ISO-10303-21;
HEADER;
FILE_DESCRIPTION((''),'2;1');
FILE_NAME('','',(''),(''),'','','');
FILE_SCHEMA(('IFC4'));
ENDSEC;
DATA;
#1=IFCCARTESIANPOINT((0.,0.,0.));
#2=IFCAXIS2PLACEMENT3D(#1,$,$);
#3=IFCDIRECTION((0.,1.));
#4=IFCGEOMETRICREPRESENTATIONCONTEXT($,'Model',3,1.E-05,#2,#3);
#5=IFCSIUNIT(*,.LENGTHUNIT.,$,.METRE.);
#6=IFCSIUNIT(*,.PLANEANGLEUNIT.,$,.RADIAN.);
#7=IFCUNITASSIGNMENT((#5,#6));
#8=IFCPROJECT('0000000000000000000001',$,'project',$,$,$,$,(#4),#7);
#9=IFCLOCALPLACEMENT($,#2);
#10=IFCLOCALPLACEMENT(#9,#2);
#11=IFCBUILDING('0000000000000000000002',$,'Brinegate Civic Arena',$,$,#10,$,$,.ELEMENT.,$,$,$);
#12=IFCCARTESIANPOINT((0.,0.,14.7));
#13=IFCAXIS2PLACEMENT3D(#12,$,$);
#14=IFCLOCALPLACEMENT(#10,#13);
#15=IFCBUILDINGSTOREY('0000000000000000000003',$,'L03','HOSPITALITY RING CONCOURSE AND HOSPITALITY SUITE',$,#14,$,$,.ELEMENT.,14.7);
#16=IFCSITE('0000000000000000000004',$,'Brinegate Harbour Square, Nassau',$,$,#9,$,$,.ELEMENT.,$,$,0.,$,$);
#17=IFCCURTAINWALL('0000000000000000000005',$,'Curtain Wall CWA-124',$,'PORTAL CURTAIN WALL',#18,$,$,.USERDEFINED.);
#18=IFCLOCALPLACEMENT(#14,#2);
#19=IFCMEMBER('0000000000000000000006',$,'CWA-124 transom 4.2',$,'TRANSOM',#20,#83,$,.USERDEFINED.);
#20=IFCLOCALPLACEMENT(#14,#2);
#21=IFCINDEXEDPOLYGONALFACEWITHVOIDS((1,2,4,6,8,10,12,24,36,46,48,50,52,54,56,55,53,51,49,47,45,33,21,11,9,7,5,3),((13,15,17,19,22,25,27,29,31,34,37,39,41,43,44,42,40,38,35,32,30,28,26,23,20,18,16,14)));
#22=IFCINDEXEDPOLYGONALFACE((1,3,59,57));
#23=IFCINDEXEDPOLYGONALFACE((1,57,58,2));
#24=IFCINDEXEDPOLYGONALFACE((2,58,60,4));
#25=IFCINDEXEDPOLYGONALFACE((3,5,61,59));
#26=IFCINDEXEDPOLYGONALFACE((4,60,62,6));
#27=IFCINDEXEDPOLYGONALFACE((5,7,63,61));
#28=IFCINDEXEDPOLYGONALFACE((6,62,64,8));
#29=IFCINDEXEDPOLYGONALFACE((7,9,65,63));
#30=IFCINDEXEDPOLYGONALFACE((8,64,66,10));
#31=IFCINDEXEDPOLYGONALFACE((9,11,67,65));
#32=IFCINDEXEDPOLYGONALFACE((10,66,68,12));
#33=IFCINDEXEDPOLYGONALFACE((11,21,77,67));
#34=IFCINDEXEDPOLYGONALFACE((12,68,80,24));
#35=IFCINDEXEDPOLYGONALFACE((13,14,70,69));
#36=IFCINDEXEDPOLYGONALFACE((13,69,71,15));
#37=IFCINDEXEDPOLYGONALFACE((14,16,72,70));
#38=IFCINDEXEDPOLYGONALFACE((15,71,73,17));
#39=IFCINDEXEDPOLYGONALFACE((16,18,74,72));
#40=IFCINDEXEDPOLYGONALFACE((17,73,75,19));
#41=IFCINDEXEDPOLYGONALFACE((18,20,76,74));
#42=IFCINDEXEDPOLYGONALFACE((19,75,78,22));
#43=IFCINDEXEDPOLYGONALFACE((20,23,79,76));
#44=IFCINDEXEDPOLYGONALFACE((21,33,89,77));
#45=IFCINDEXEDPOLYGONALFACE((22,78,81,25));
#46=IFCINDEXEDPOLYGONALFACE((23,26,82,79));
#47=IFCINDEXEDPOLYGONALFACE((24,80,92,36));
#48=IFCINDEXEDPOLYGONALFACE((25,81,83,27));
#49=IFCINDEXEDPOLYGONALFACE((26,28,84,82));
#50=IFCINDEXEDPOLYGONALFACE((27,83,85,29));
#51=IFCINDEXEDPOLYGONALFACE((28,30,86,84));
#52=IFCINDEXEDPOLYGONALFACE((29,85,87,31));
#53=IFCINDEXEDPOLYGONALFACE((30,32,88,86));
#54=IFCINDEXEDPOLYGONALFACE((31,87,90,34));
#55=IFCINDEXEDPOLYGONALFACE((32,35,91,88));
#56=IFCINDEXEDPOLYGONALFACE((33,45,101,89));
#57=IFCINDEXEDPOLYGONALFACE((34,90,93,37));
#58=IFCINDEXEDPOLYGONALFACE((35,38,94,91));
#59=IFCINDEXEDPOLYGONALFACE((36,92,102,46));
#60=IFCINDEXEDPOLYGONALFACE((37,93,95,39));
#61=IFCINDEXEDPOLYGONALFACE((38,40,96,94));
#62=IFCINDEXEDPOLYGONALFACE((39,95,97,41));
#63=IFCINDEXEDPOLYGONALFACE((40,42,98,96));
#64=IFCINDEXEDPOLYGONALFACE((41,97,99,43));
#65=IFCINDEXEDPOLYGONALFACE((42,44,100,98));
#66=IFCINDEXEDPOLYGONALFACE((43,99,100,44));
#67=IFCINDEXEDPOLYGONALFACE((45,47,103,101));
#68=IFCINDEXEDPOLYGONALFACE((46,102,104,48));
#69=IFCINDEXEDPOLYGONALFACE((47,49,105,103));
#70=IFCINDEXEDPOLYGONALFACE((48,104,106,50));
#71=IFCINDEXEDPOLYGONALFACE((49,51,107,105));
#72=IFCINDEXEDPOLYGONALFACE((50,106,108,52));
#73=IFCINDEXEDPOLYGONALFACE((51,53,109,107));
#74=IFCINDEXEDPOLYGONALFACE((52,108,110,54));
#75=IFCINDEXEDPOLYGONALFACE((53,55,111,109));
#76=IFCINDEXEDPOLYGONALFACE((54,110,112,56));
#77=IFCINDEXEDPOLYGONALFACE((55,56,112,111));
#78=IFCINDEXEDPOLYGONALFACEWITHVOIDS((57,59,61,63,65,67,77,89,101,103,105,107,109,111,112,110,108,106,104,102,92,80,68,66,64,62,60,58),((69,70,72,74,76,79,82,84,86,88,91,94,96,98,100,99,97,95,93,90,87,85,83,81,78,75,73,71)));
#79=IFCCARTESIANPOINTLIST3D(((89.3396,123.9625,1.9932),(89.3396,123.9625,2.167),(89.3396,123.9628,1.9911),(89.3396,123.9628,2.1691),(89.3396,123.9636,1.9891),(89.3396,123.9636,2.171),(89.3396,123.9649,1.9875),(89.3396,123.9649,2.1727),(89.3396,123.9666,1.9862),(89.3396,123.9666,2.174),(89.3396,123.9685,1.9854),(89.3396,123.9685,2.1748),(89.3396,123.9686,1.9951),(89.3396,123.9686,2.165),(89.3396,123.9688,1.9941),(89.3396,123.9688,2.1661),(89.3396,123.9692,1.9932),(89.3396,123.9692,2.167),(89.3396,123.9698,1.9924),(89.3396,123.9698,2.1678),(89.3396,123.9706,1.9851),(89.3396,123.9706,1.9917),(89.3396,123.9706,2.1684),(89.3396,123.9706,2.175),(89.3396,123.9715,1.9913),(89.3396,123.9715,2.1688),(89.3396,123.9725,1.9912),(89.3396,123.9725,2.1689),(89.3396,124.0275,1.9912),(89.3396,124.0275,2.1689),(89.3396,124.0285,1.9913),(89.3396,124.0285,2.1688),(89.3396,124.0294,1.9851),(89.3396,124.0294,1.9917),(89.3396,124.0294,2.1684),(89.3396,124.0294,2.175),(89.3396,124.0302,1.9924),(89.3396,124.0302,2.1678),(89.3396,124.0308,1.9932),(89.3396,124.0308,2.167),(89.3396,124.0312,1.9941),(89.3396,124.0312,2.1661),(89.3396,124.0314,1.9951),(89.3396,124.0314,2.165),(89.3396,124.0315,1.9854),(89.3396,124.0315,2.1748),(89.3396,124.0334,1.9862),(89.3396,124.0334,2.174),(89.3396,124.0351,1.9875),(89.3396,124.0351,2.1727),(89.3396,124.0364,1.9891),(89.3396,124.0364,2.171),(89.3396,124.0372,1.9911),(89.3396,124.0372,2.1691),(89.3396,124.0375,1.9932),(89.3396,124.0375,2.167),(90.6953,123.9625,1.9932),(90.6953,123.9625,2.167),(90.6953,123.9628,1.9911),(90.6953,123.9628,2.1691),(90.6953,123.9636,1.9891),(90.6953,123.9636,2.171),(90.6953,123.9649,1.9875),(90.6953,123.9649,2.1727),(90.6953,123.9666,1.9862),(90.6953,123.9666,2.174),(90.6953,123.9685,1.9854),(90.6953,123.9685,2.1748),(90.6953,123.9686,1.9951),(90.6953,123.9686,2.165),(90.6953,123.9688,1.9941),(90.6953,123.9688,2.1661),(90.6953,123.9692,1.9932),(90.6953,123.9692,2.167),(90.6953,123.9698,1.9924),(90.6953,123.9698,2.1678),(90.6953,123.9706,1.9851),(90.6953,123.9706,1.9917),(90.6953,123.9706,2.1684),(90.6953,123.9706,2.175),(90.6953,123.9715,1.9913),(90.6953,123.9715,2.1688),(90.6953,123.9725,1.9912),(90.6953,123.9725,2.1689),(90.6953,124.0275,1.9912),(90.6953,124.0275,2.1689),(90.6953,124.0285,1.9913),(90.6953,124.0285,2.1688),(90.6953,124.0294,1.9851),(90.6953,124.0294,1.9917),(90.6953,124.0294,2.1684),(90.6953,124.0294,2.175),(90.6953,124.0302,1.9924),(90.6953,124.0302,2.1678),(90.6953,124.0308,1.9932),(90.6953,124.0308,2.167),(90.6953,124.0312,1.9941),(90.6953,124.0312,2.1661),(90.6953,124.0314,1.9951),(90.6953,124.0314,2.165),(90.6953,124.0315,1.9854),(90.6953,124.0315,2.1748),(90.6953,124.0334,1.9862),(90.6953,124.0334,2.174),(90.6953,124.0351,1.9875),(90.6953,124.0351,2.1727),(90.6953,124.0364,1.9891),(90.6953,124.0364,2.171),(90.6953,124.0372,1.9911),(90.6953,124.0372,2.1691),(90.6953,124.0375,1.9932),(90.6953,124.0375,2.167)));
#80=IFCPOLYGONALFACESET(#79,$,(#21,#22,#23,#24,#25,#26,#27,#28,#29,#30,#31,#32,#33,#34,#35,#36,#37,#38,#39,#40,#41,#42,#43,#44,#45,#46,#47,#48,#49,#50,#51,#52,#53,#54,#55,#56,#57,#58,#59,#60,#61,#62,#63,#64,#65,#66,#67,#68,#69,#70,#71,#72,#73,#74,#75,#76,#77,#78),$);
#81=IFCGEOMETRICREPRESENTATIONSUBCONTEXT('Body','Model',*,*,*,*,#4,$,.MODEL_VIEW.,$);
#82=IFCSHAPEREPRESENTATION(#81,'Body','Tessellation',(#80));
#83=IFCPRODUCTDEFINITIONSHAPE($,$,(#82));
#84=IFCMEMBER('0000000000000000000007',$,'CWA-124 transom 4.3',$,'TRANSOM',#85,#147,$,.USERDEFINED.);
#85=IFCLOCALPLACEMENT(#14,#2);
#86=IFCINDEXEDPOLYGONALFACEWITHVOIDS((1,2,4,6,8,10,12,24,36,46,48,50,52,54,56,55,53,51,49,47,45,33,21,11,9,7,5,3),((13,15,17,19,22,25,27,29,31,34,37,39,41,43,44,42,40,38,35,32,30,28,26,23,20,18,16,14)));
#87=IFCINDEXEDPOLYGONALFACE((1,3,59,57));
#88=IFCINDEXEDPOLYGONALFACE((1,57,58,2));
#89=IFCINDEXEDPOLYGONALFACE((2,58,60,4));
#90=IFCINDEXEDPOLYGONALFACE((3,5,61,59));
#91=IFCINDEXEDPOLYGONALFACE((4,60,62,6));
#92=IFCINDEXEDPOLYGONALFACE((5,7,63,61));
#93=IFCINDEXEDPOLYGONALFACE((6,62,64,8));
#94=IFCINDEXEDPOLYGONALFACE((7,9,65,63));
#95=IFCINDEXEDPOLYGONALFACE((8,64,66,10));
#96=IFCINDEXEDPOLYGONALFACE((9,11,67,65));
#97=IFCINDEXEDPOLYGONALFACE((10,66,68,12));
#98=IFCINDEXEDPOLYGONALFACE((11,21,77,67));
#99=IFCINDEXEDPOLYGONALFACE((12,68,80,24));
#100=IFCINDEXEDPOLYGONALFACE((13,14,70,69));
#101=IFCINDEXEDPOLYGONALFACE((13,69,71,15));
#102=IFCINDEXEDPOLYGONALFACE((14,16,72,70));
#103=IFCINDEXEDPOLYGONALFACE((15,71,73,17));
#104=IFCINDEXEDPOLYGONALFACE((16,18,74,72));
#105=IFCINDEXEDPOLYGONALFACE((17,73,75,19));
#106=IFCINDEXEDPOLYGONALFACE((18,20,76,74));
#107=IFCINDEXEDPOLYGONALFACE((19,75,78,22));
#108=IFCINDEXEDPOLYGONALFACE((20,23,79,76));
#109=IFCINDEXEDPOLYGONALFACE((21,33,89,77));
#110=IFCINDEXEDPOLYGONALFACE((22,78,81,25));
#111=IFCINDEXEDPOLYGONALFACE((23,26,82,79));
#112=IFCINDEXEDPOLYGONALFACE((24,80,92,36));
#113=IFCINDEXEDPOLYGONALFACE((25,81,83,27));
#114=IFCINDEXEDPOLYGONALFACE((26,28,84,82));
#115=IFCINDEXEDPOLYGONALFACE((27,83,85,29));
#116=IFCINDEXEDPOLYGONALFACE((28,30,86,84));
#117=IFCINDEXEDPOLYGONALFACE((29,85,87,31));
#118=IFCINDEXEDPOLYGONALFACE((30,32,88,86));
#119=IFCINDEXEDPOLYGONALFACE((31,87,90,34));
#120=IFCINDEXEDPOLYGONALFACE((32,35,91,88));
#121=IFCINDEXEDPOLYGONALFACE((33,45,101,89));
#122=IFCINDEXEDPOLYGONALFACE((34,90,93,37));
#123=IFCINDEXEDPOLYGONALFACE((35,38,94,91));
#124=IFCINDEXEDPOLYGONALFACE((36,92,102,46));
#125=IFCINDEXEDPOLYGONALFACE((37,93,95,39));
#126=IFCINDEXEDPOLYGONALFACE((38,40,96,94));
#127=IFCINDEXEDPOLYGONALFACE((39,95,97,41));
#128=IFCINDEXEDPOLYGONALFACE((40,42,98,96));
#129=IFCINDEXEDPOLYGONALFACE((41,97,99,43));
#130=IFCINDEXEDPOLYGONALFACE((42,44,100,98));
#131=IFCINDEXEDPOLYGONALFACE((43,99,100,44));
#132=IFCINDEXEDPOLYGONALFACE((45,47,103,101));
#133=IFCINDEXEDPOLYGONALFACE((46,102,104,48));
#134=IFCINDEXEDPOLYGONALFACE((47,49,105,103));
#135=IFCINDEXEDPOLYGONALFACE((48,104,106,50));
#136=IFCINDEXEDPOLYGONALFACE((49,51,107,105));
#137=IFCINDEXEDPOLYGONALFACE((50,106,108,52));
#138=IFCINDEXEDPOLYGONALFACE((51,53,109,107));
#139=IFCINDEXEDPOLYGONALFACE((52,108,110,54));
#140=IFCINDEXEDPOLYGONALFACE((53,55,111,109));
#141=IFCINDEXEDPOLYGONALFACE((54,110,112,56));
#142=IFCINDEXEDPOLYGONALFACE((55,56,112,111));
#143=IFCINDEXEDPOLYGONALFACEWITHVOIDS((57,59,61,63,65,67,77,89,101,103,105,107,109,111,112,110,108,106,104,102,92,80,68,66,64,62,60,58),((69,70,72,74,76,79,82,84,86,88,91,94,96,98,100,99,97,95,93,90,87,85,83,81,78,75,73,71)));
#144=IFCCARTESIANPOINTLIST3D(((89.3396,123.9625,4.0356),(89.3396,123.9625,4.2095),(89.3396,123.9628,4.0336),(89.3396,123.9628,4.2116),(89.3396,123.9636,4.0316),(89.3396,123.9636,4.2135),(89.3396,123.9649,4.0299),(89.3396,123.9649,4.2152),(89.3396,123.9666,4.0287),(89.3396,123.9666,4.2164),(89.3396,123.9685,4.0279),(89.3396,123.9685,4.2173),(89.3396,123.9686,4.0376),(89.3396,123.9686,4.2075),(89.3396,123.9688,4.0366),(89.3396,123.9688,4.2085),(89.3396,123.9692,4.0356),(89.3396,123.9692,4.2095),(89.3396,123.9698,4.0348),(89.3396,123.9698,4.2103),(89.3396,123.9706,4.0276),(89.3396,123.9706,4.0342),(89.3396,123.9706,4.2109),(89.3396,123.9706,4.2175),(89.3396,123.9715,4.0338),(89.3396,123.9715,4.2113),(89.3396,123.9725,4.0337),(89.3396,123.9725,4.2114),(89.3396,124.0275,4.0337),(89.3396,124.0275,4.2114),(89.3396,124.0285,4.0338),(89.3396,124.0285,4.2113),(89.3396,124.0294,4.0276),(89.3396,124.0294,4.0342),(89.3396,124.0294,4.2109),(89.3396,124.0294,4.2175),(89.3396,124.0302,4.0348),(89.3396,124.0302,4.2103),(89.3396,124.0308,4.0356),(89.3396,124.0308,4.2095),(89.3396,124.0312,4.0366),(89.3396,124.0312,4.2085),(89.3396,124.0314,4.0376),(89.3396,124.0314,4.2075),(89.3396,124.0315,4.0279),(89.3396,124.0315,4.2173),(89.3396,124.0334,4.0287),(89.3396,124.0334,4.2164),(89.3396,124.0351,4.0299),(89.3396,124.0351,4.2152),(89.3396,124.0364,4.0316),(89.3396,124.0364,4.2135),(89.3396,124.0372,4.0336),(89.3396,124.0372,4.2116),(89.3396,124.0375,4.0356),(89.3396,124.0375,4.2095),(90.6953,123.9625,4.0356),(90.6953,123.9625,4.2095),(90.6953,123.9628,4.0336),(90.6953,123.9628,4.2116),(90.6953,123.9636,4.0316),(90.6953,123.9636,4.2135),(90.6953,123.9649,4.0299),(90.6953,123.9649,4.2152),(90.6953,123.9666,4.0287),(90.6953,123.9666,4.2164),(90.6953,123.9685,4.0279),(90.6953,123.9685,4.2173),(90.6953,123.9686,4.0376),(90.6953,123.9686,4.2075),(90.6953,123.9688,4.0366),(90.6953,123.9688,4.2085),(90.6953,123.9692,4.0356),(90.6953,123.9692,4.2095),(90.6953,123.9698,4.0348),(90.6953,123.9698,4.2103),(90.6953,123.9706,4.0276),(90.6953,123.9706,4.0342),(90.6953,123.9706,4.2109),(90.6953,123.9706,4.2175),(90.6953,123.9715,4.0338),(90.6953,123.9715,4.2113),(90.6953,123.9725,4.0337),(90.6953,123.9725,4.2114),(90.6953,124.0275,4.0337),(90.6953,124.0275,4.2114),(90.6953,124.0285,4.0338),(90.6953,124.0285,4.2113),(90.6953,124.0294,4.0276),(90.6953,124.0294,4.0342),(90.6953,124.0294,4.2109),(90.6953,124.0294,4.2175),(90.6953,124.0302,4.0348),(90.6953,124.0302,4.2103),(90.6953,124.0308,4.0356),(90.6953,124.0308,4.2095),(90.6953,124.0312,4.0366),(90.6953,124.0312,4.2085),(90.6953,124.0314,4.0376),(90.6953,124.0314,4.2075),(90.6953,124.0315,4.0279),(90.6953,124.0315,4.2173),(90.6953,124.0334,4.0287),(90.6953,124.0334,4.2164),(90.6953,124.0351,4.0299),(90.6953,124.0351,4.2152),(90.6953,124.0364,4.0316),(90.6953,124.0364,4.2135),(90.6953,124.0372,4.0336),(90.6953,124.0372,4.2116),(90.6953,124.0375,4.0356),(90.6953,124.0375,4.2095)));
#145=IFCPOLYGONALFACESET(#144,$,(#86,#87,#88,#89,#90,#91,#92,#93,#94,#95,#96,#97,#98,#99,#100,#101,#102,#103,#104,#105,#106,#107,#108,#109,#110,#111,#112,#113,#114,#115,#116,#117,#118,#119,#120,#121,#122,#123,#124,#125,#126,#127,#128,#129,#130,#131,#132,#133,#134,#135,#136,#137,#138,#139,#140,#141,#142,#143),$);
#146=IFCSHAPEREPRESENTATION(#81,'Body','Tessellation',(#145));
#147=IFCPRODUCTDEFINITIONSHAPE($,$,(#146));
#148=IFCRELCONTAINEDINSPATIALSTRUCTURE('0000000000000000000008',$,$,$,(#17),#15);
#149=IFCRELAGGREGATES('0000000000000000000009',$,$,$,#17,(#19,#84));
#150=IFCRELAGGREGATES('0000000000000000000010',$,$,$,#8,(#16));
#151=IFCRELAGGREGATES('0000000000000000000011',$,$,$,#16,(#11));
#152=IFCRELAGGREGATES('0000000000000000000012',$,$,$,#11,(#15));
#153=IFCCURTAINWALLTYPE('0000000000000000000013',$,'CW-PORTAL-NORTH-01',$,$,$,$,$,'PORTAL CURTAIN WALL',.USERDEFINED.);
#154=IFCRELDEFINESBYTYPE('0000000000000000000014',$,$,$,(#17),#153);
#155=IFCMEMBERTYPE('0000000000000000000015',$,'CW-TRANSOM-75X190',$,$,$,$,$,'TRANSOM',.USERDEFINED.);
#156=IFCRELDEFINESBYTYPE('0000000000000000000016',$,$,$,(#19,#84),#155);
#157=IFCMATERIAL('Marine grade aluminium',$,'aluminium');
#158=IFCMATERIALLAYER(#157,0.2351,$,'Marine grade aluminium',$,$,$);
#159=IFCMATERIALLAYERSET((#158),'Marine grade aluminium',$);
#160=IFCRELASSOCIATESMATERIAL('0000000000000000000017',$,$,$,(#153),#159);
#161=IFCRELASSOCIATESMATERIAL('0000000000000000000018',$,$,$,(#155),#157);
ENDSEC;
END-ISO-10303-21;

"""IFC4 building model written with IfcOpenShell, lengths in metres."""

from ifc_helpers import new_model, si_unit, direction, frame, origin, origin_2d, place, context, subcontext, project, spatial, hollow_rectangle, extrude, material, layer, layer_set, material_profile, profile_set, type_object, element, aggregate, save


model = new_model("IFC4")

# Units and contexts
model_context = context("Model", 3, precision=1e-05, world=origin(), true_north=direction((0.0, 1.0)))
body_context = subcontext(model_context, "Body", "Model", "MODEL_VIEW")
ifc_project = project(units=[si_unit("LENGTHUNIT", "METRE"), si_unit("PLANEANGLEUNIT", "RADIAN")], contexts=[model_context])

# Site, building, storey
site_placement = place(None, origin())
site = spatial("IfcSite", under=ifc_project, at=site_placement, Name="Brinegate Harbour Square, Nassau", CompositionType="ELEMENT", RefElevation=0.0)
building_placement = place(site_placement, origin())
building = spatial("IfcBuilding", under=site, at=building_placement, Name="Brinegate Civic Arena", CompositionType="ELEMENT")
storey_placement = place(building_placement, frame((0.0, 0.0, 14.7)))
storey = spatial("IfcBuildingStorey", under=building, at=storey_placement, Name="L03", Description="HOSPITALITY RING CONCOURSE AND HOSPITALITY SUITE", CompositionType="ELEMENT", Elevation=14.7)

# Curtain wall, members
ifc_material_1 = material(Name="Marine grade aluminium", Category="aluminium")
ifc_layer_1 = layer(ifc_material_1, 0.2351, Name="Marine grade aluminium")
ifc_layer_set_1 = layer_set([ifc_layer_1], Name="Marine grade aluminium")
curtain_wall_type = type_object("IfcCurtainWallType", Name="CW-PORTAL-NORTH-01", ElementType="PORTAL CURTAIN WALL", PredefinedType="USERDEFINED", material=ifc_layer_set_1)
curtain_wall_placement = place(storey_placement, origin())
curtain_wall = element("IfcCurtainWall", 1, at=curtain_wall_placement, inside=storey, type_object=curtain_wall_type, Name="Curtain Wall CWA-124", ObjectType="PORTAL CURTAIN WALL", PredefinedType="USERDEFINED")
ifc_material_profile_1 = material_profile(ifc_material_1, hollow_rectangle(XDim=0.075, YDim=0.1899, WallThickness=0.0061, InnerFilletRadius=0.0039, OuterFilletRadius=0.0081, at=origin_2d()), Name="TRN75X190")
ifc_profile_set_1 = profile_set([ifc_material_profile_1], Name="Marine grade aluminium")
member_type_1 = type_object("IfcMemberType", Name="CW-TRANSOM-75X190", ElementType="TRANSOM", PredefinedType="USERDEFINED", material=ifc_profile_set_1)
member_1_placement = place(storey_placement, frame((89.3396, 124.0, 2.0801), z_axis=(1.0, 0.0, 0.0), x_axis=(0.0, 1.0, 0.0)))
member_1 = element("IfcMember", 2, at=member_1_placement, type_object=member_type_1, Name="CWA-124 transom 4.2", ObjectType="TRANSOM", PredefinedType="USERDEFINED", context=body_context, shape_type="SweptSolid", body=[
    extrude(hollow_rectangle(XDim=0.075, YDim=0.1899, WallThickness=0.0061, InnerFilletRadius=0.0039, OuterFilletRadius=0.0081, at=origin_2d()), origin(), (0.0, 0.0, 1.0), 1.3557),
])
member_2_placement = place(storey_placement, frame((89.3396, 124.0, 4.1226), z_axis=(1.0, 0.0, 0.0), x_axis=(0.0, 1.0, 0.0)))
member_2 = element("IfcMember", 3, at=member_2_placement, type_object=member_type_1, Name="CWA-124 transom 4.3", ObjectType="TRANSOM", PredefinedType="USERDEFINED", context=body_context, shape_type="SweptSolid", body=[
    extrude(hollow_rectangle(XDim=0.075, YDim=0.1899, WallThickness=0.0061, InnerFilletRadius=0.0039, OuterFilletRadius=0.0081, at=origin_2d()), origin(), (0.0, 0.0, 1.0), 1.3557),
])

aggregate(curtain_wall, [member_1, member_2])

save(model, "model.ifc")
